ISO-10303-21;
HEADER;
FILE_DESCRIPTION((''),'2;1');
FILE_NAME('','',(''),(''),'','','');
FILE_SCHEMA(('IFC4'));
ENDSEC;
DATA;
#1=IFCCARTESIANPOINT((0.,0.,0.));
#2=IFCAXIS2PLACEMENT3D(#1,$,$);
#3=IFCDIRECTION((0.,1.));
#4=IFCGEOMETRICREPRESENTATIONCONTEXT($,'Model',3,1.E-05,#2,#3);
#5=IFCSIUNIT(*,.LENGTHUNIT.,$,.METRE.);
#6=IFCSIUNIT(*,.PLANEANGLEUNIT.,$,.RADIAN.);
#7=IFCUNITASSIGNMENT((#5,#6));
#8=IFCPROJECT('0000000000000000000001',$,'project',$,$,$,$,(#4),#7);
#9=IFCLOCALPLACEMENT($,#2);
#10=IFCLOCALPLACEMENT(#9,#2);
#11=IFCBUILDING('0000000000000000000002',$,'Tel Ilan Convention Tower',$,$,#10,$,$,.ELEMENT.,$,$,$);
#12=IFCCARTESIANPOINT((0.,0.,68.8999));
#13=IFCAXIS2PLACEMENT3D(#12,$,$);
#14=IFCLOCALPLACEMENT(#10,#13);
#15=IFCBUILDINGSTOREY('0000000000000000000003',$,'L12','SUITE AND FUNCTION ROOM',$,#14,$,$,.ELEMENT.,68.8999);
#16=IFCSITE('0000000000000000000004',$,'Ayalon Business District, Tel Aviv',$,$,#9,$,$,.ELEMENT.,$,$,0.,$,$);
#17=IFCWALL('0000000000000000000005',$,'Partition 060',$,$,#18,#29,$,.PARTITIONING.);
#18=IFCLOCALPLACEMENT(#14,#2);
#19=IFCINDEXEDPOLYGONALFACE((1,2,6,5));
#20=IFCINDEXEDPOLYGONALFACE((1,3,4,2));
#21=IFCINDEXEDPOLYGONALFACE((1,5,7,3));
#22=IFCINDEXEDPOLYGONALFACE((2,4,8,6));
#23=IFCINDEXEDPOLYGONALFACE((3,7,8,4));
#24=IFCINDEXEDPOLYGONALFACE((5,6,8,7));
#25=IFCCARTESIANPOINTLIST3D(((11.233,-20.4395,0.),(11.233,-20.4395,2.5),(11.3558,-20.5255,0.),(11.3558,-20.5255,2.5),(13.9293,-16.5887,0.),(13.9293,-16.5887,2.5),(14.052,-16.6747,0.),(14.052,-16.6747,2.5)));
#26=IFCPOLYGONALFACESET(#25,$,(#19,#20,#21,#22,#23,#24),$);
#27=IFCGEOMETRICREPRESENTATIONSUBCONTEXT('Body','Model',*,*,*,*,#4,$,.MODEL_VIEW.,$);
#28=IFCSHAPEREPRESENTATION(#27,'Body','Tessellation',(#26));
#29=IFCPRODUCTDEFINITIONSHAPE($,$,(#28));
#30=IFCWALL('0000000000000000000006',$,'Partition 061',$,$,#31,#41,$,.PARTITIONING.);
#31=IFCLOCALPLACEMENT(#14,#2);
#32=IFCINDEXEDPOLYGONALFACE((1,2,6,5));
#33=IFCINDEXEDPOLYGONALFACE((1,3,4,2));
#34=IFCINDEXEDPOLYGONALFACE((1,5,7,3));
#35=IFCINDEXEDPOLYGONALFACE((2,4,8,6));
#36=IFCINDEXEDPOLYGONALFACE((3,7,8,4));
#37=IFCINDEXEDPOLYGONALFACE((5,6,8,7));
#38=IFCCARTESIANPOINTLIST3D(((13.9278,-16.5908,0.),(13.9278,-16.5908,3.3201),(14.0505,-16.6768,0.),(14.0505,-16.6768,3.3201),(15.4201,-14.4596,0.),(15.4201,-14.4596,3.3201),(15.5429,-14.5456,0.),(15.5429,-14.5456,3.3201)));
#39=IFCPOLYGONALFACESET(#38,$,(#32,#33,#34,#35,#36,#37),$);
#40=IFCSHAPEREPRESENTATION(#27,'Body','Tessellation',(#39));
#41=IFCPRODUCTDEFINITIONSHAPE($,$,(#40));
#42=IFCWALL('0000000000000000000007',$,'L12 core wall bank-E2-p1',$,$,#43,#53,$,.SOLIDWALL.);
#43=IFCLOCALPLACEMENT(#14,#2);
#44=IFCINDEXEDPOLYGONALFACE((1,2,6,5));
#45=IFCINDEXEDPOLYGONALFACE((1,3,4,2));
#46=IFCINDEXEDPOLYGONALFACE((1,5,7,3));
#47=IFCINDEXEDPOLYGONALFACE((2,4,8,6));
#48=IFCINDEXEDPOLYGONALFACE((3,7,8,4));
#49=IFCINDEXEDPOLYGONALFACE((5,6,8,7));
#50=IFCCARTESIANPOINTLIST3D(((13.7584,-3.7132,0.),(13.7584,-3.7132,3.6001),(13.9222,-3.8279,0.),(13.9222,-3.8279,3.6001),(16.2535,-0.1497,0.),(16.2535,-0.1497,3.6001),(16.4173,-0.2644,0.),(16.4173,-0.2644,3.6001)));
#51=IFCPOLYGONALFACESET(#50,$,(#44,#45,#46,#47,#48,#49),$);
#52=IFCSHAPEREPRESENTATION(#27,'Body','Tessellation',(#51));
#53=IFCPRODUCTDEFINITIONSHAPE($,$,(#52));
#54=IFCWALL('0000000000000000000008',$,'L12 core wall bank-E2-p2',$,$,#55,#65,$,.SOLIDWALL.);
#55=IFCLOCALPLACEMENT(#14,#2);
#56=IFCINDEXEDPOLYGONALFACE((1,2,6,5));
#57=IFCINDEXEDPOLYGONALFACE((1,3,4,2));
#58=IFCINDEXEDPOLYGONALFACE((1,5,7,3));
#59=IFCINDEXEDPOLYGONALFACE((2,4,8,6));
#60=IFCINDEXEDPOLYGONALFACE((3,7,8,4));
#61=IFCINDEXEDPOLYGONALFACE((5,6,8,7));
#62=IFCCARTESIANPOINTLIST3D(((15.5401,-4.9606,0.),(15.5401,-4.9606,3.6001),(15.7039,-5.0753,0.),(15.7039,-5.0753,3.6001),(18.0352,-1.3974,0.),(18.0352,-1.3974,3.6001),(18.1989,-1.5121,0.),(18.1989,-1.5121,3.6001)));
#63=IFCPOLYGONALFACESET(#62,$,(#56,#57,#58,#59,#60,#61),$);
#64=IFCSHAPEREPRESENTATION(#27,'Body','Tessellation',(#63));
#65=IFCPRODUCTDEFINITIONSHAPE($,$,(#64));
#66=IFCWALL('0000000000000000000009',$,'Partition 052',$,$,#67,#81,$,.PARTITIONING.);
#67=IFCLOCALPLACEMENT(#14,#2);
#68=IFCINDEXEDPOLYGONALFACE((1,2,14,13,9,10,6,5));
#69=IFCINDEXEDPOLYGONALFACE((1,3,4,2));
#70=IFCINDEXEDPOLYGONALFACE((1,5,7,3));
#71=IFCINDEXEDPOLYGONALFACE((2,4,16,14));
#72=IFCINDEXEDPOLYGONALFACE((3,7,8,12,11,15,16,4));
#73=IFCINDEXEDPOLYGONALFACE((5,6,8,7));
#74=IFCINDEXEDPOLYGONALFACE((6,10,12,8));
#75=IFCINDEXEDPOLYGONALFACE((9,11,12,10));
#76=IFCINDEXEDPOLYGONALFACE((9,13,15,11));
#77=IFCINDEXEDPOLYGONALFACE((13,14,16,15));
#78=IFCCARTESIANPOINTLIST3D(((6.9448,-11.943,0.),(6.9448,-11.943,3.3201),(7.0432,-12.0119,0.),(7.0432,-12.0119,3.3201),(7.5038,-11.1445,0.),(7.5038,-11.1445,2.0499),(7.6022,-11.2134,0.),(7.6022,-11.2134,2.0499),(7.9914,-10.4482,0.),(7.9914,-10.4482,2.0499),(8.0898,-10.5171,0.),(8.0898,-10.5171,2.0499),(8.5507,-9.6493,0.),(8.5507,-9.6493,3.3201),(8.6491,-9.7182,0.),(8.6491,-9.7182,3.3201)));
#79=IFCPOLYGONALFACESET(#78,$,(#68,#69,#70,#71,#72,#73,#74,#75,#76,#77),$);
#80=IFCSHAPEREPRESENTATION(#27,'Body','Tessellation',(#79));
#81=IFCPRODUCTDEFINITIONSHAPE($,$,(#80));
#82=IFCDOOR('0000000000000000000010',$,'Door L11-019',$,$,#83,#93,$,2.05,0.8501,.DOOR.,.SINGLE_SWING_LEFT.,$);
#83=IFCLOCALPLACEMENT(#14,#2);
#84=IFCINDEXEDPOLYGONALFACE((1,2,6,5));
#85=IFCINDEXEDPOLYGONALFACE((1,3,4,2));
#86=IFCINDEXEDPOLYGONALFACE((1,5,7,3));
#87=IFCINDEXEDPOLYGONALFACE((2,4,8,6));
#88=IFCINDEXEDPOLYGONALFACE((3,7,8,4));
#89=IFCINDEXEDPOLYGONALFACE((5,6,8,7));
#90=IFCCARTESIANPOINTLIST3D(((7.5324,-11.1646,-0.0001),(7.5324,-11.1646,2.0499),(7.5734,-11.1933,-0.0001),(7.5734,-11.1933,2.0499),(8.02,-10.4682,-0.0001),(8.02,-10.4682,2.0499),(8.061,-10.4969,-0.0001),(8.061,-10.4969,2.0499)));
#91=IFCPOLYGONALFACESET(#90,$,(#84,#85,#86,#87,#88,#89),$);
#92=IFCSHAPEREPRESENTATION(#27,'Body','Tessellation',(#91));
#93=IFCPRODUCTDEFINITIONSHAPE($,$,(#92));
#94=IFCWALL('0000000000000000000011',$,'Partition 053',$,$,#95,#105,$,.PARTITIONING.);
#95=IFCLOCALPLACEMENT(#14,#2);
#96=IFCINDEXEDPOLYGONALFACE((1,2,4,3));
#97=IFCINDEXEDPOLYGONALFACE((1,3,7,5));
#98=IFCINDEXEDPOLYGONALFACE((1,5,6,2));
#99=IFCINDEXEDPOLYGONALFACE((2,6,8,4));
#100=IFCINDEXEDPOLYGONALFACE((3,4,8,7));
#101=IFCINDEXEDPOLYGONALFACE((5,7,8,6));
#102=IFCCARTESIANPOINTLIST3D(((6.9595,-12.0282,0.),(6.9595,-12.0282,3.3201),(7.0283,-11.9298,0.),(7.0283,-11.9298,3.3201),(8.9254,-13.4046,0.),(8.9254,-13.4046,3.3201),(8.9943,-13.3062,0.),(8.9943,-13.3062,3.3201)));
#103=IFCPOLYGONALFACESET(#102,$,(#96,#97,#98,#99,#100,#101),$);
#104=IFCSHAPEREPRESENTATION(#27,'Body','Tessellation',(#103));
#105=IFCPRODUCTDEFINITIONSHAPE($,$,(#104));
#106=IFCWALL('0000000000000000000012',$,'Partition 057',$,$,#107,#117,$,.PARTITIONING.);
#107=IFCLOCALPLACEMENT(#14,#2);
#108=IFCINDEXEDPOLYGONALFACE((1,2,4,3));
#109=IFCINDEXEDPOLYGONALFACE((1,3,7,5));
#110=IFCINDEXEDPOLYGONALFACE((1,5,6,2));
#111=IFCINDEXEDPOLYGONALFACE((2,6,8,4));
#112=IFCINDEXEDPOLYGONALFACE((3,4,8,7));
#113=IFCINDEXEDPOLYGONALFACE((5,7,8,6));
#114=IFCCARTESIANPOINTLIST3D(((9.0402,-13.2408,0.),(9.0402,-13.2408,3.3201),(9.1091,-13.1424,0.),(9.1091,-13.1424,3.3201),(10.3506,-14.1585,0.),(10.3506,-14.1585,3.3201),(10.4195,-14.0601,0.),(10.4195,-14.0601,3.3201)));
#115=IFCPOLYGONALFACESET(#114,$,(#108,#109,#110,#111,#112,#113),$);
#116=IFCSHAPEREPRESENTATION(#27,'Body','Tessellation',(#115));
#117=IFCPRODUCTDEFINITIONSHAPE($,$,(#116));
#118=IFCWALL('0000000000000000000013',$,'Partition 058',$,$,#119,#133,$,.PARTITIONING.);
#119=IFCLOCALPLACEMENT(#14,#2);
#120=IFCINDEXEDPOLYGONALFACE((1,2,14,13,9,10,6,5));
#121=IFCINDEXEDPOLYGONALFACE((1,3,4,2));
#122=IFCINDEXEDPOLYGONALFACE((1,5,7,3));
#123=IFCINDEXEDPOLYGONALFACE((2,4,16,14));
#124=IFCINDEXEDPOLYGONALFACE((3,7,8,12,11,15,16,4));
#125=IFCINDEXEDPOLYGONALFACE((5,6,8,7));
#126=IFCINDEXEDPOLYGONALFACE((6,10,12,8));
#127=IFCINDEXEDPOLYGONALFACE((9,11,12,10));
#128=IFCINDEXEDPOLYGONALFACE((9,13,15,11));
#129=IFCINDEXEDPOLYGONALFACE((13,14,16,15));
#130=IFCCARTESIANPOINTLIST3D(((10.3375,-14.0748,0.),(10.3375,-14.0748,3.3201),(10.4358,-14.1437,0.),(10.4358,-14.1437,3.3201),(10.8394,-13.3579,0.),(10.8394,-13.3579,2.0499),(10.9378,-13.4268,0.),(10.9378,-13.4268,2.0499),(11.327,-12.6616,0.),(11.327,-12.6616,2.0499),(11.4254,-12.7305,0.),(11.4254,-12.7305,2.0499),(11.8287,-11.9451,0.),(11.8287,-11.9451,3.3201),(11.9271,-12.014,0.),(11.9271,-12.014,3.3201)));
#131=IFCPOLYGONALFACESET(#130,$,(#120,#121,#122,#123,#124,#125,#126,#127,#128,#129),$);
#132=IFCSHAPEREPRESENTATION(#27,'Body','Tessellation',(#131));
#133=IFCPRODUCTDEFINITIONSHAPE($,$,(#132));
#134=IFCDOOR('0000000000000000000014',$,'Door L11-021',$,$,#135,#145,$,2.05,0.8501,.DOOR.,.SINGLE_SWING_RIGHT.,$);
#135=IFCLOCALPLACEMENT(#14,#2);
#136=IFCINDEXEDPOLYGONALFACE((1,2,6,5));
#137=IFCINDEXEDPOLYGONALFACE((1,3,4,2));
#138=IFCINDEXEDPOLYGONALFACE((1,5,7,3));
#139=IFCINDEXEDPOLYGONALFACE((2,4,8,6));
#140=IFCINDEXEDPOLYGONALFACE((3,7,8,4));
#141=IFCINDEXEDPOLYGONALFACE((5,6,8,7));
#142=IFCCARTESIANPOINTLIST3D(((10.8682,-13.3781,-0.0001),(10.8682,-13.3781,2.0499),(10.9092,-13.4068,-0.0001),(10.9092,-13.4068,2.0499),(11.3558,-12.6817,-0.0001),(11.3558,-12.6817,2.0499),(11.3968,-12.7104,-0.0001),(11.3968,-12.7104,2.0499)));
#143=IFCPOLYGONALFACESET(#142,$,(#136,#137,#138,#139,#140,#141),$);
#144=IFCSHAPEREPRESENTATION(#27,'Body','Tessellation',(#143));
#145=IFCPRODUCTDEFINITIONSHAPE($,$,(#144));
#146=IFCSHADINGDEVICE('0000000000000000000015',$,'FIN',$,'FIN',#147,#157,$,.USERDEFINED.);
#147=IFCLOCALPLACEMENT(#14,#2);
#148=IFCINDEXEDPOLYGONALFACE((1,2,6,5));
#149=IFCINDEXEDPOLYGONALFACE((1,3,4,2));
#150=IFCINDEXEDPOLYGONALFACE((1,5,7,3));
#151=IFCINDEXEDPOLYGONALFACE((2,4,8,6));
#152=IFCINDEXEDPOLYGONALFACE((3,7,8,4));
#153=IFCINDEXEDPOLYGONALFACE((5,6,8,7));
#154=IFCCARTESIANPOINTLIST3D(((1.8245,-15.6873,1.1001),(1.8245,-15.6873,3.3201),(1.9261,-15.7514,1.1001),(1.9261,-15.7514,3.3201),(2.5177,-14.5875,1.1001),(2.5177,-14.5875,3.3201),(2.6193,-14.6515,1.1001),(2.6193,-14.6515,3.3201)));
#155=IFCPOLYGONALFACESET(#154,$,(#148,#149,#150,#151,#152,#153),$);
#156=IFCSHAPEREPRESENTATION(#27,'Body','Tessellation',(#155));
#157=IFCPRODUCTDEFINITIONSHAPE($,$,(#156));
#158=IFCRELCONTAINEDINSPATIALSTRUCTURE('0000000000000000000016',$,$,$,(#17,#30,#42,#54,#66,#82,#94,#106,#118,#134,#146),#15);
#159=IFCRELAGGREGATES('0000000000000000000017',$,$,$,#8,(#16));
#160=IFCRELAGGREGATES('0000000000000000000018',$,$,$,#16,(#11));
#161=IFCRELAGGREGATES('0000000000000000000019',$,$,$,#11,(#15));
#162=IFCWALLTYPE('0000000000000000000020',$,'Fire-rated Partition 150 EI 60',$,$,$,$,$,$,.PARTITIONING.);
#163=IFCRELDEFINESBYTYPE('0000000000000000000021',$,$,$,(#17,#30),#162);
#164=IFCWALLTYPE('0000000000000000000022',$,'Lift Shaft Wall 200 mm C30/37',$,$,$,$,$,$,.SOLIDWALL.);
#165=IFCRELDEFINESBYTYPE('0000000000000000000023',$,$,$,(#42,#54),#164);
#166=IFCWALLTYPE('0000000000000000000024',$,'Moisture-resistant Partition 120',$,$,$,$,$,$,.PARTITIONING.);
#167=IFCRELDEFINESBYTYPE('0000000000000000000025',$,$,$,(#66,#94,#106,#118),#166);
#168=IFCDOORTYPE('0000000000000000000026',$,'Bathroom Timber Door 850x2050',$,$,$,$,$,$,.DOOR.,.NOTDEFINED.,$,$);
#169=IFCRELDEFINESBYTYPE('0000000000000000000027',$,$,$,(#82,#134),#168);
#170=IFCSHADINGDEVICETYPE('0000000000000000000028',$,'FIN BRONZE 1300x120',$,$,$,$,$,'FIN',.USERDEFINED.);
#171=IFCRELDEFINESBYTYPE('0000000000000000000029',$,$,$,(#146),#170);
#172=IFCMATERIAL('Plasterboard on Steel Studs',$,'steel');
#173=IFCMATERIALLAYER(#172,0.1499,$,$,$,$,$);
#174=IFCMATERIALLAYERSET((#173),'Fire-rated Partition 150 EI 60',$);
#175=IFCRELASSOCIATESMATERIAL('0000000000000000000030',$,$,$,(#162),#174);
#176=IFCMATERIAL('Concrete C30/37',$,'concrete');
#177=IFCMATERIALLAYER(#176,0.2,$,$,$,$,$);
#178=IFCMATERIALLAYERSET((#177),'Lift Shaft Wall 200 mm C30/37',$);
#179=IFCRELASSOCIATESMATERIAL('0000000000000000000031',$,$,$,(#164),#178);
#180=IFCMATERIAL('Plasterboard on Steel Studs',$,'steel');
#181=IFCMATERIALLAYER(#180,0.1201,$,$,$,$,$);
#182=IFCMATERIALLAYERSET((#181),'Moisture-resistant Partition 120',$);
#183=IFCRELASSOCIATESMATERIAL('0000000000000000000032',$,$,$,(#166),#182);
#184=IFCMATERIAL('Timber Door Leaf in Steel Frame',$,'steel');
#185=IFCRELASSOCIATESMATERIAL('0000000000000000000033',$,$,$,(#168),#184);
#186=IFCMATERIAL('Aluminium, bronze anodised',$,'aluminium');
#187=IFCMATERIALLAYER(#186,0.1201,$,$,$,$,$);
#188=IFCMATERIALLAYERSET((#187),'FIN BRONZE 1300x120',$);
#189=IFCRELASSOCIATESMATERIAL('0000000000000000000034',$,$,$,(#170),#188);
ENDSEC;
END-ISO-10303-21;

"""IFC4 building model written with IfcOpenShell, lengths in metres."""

from ifc_helpers import new_model, si_unit, direction, frame, frame_2d, origin, origin_2d, place, context, subcontext, project, spatial, rectangle, extrude, material, layer, layer_set, type_object, element, fill, save


model = new_model("IFC4")

# Units and contexts
model_context = context("Model", 3, precision=1e-05, world=origin(), true_north=direction((0.0, 1.0)))
body_context = subcontext(model_context, "Body", "Model", "MODEL_VIEW")
ifc_project = project(units=[si_unit("LENGTHUNIT", "METRE"), si_unit("PLANEANGLEUNIT", "RADIAN")], contexts=[model_context])

# Site, building, storey
site_placement = place(None, origin())
site = spatial("IfcSite", under=ifc_project, at=site_placement, Name="Ayalon Business District, Tel Aviv", CompositionType="ELEMENT", RefElevation=0.0)
building_placement = place(site_placement, origin())
building = spatial("IfcBuilding", under=site, at=building_placement, Name="Tel Ilan Convention Tower", CompositionType="ELEMENT")
storey_placement = place(building_placement, frame((0.0, 0.0, 68.8999)))
storey = spatial("IfcBuildingStorey", under=building, at=storey_placement, Name="L12", Description="SUITE AND FUNCTION ROOM", CompositionType="ELEMENT", Elevation=68.8999)

# Shared definitions
ifc_material_1 = material(Name="Plasterboard on Steel Studs", Category="steel")
ifc_layer_1 = layer(ifc_material_1, 0.1499)
ifc_layer_set_1 = layer_set([ifc_layer_1], Name="Fire-rated Partition 150 EI 60")
wall_type_1 = type_object("IfcWallType", Name="Fire-rated Partition 150 EI 60", PredefinedType="PARTITIONING", material=ifc_layer_set_1)

# Walls
wall_1_placement = place(storey_placement, frame((13.9907, -16.6316, 0.0), z_axis=(0.0, 0.0, 1.0), x_axis=(-0.573563, -0.819161, 0.0)))
element("IfcWall", 1, at=wall_1_placement, inside=storey, type_object=wall_type_1, Name="Partition 060", PredefinedType="PARTITIONING", context=body_context, shape_type="SweptSolid", body=[
    extrude(rectangle(XDim=4.7009, YDim=0.1499, at=frame_2d((2.3506, 0.0))), origin(), (0.0, 0.0, 1.0), 2.5),
])
wall_2_placement = place(storey_placement, frame((15.4814, -14.5027, 0.0), z_axis=(0.0, 0.0, 1.0), x_axis=(-0.573588, -0.819144, 0.0)))
element("IfcWall", 2, at=wall_2_placement, inside=storey, type_object=wall_type_1, Name="Partition 061", PredefinedType="PARTITIONING", context=body_context, shape_type="SweptSolid", body=[
    extrude(rectangle(XDim=2.6018, YDim=0.1499, at=frame_2d((1.3008, 0.0))), origin(), (0.0, 0.0, 1.0), 3.3201),
])
ifc_material_2 = material(Name="Concrete C30/37", Category="concrete")
ifc_layer_2 = layer(ifc_material_2, 0.2)
ifc_layer_set_2 = layer_set([ifc_layer_2], Name="Lift Shaft Wall 200 mm C30/37")
wall_type_2 = type_object("IfcWallType", Name="Lift Shaft Wall 200 mm C30/37", PredefinedType="SOLIDWALL", material=ifc_layer_set_2)
wall_3_placement = place(storey_placement, frame((13.8403, -3.7705, 0.0), z_axis=(0.0, 0.0, 1.0), x_axis=(0.573568, 0.819158, 0.0)))
element("IfcWall", 3, at=wall_3_placement, inside=storey, type_object=wall_type_2, Name="L12 core wall bank-E2-p1", PredefinedType="SOLIDWALL", context=body_context, shape_type="SweptSolid", body=[
    extrude(rectangle(XDim=4.3501, YDim=0.2, at=frame_2d((2.175, 0.0))), origin(), (0.0, 0.0, 1.0), 3.6001),
])
wall_4_placement = place(storey_placement, frame((15.6221, -5.0178, 0.0), z_axis=(0.0, 0.0, 1.0), x_axis=(0.573594, 0.81914, 0.0)))
element("IfcWall", 4, at=wall_4_placement, inside=storey, type_object=wall_type_2, Name="L12 core wall bank-E2-p2", PredefinedType="SOLIDWALL", context=body_context, shape_type="SweptSolid", body=[
    extrude(rectangle(XDim=4.3499, YDim=0.2, at=frame_2d((2.1748, 0.0))), origin(), (0.0, 0.0, 1.0), 3.6001),
])

# Wall, opening, door
ifc_material_3 = material(Name="Plasterboard on Steel Studs", Category="steel")
ifc_layer_3 = layer(ifc_material_3, 0.1201)
ifc_layer_set_3 = layer_set([ifc_layer_3], Name="Moisture-resistant Partition 120")
wall_type_3 = type_object("IfcWallType", Name="Moisture-resistant Partition 120", PredefinedType="PARTITIONING", material=ifc_layer_set_3)
wall_5_placement = place(storey_placement, frame((8.5999, -9.6838, 0.0), z_axis=(0.0, 0.0, 1.0), x_axis=(-0.57355, -0.81917, 0.0)))
wall_5 = element("IfcWall", 5, at=wall_5_placement, inside=storey, type_object=wall_type_3, Name="Partition 052", PredefinedType="PARTITIONING", context=body_context, shape_type="SweptSolid", body=[
    extrude(rectangle(XDim=2.8, YDim=0.1201, at=frame_2d((1.3999, 0.0))), origin(), (0.0, 0.0, 1.0), 3.3201),
])
opening_1_placement = place(wall_5_placement, frame((0.9751, 0.0, 0.0)))
opening_1 = element("IfcOpeningElement", 6, at=opening_1_placement, cuts=wall_5, PredefinedType="OPENING", context=body_context, shape_type="SweptSolid", body=[
    extrude(rectangle(XDim=0.8501, YDim=2.05, at=frame_2d((0.425, 1.0249))), frame((0.0, 0.0701, 0.0), z_axis=(0.0, -1.0, 0.0), x_axis=(1.0, 0.0, 0.0)), (0.0, 0.0, 1.0), 0.1401),
])
ifc_material_4 = material(Name="Timber Door Leaf in Steel Frame", Category="steel")
door_type_1 = type_object("IfcDoorType", Name="Bathroom Timber Door 850x2050", OperationType="NOTDEFINED", PredefinedType="DOOR", material=ifc_material_4)
door_1_placement = place(opening_1_placement, origin())
door_1 = element("IfcDoor", 7, at=door_1_placement, inside=storey, type_object=door_type_1, Name="Door L11-019", OperationType="SINGLE_SWING_LEFT", OverallHeight=2.05, OverallWidth=0.8501, PredefinedType="DOOR", context=body_context, shape_type="SweptSolid", body=[
    extrude(rectangle(XDim=0.8501, YDim=2.05, at=frame_2d((0.425, 1.0249))), frame((0.0, 0.0249, 0.0), z_axis=(0.0, -1.0, 0.0), x_axis=(1.0, 0.0, 0.0)), (0.0, 0.0, 1.0), 0.05),
])
fill(opening_1, door_1)

# Walls
wall_6_placement = place(storey_placement, frame((6.9939, -11.979, 0.0), z_axis=(0.0, 0.0, 1.0), x_axis=(0.819189, -0.573524, 0.0)))
element("IfcWall", 8, at=wall_6_placement, inside=storey, type_object=wall_type_3, Name="Partition 053", PredefinedType="PARTITIONING", context=body_context, shape_type="SweptSolid", body=[
    extrude(rectangle(XDim=2.3999, YDim=0.1201, at=frame_2d((1.2, 0.0))), origin(), (0.0, 0.0, 1.0), 3.3201),
])
wall_7_placement = place(storey_placement, frame((9.0747, -13.1917, 0.0), z_axis=(0.0, 0.0, 1.0), x_axis=(0.819132, -0.573606, 0.0)))
element("IfcWall", 9, at=wall_7_placement, inside=storey, type_object=wall_type_3, Name="Partition 057", PredefinedType="PARTITIONING", context=body_context, shape_type="SweptSolid", body=[
    extrude(rectangle(XDim=1.5999, YDim=0.1201, at=frame_2d((0.7998, 0.0))), origin(), (0.0, 0.0, 1.0), 3.3201),
])

# Wall, opening, door
wall_8_placement = place(storey_placement, frame((10.3867, -14.1091, 0.0), z_axis=(0.0, 0.0, 1.0), x_axis=(0.573582, 0.819148, 0.0)))
wall_8 = element("IfcWall", 10, at=wall_8_placement, inside=storey, type_object=wall_type_3, Name="Partition 058", PredefinedType="PARTITIONING", context=body_context, shape_type="SweptSolid", body=[
    extrude(rectangle(XDim=2.5999, YDim=0.1201, at=frame_2d((1.2998, 0.0))), origin(), (0.0, 0.0, 1.0), 3.3201),
])
opening_2_placement = place(wall_8_placement, frame((0.875, 0.0, 0.0)))
opening_2 = element("IfcOpeningElement", 11, at=opening_2_placement, cuts=wall_8, PredefinedType="OPENING", context=body_context, shape_type="SweptSolid", body=[
    extrude(rectangle(XDim=0.8501, YDim=2.05, at=frame_2d((0.425, 1.0249))), frame((0.0, 0.0701, 0.0), z_axis=(0.0, -1.0, 0.0), x_axis=(1.0, 0.0, 0.0)), (0.0, 0.0, 1.0), 0.1401),
])
door_2_placement = place(opening_2_placement, origin())
door_2 = element("IfcDoor", 12, at=door_2_placement, inside=storey, type_object=door_type_1, Name="Door L11-021", OperationType="SINGLE_SWING_RIGHT", OverallHeight=2.05, OverallWidth=0.8501, PredefinedType="DOOR", context=body_context, shape_type="SweptSolid", body=[
    extrude(rectangle(XDim=0.8501, YDim=2.05, at=frame_2d((0.425, 1.0249))), frame((0.0, 0.0249, 0.0), z_axis=(0.0, -1.0, 0.0), x_axis=(1.0, 0.0, 0.0)), (0.0, 0.0, 1.0), 0.05),
])
fill(opening_2, door_2)

# Shading device
ifc_material_5 = material(Name="Aluminium, bronze anodised", Category="aluminium")
ifc_layer_4 = layer(ifc_material_5, 0.1201)
ifc_layer_set_4 = layer_set([ifc_layer_4], Name="FIN BRONZE 1300x120")
shading_device_type = type_object("IfcShadingDeviceType", Name="FIN BRONZE 1300x120", ElementType="FIN", PredefinedType="USERDEFINED", material=ifc_layer_set_4)
shading_device_placement = place(storey_placement, frame((2.2219, -15.1694, 1.1001), z_axis=(0.0, 0.0, 1.0), x_axis=(-0.533204, -0.845986, 0.0)))
element("IfcShadingDevice", 13, at=shading_device_placement, inside=storey, type_object=shading_device_type, Name="FIN", ObjectType="FIN", PredefinedType="USERDEFINED", context=body_context, shape_type="SweptSolid", body=[
    extrude(rectangle(XDim=1.3, YDim=0.1201, at=origin_2d()), origin(), (0.0, 0.0, 1.0), 2.22),
])

save(model, "model.ifc")
